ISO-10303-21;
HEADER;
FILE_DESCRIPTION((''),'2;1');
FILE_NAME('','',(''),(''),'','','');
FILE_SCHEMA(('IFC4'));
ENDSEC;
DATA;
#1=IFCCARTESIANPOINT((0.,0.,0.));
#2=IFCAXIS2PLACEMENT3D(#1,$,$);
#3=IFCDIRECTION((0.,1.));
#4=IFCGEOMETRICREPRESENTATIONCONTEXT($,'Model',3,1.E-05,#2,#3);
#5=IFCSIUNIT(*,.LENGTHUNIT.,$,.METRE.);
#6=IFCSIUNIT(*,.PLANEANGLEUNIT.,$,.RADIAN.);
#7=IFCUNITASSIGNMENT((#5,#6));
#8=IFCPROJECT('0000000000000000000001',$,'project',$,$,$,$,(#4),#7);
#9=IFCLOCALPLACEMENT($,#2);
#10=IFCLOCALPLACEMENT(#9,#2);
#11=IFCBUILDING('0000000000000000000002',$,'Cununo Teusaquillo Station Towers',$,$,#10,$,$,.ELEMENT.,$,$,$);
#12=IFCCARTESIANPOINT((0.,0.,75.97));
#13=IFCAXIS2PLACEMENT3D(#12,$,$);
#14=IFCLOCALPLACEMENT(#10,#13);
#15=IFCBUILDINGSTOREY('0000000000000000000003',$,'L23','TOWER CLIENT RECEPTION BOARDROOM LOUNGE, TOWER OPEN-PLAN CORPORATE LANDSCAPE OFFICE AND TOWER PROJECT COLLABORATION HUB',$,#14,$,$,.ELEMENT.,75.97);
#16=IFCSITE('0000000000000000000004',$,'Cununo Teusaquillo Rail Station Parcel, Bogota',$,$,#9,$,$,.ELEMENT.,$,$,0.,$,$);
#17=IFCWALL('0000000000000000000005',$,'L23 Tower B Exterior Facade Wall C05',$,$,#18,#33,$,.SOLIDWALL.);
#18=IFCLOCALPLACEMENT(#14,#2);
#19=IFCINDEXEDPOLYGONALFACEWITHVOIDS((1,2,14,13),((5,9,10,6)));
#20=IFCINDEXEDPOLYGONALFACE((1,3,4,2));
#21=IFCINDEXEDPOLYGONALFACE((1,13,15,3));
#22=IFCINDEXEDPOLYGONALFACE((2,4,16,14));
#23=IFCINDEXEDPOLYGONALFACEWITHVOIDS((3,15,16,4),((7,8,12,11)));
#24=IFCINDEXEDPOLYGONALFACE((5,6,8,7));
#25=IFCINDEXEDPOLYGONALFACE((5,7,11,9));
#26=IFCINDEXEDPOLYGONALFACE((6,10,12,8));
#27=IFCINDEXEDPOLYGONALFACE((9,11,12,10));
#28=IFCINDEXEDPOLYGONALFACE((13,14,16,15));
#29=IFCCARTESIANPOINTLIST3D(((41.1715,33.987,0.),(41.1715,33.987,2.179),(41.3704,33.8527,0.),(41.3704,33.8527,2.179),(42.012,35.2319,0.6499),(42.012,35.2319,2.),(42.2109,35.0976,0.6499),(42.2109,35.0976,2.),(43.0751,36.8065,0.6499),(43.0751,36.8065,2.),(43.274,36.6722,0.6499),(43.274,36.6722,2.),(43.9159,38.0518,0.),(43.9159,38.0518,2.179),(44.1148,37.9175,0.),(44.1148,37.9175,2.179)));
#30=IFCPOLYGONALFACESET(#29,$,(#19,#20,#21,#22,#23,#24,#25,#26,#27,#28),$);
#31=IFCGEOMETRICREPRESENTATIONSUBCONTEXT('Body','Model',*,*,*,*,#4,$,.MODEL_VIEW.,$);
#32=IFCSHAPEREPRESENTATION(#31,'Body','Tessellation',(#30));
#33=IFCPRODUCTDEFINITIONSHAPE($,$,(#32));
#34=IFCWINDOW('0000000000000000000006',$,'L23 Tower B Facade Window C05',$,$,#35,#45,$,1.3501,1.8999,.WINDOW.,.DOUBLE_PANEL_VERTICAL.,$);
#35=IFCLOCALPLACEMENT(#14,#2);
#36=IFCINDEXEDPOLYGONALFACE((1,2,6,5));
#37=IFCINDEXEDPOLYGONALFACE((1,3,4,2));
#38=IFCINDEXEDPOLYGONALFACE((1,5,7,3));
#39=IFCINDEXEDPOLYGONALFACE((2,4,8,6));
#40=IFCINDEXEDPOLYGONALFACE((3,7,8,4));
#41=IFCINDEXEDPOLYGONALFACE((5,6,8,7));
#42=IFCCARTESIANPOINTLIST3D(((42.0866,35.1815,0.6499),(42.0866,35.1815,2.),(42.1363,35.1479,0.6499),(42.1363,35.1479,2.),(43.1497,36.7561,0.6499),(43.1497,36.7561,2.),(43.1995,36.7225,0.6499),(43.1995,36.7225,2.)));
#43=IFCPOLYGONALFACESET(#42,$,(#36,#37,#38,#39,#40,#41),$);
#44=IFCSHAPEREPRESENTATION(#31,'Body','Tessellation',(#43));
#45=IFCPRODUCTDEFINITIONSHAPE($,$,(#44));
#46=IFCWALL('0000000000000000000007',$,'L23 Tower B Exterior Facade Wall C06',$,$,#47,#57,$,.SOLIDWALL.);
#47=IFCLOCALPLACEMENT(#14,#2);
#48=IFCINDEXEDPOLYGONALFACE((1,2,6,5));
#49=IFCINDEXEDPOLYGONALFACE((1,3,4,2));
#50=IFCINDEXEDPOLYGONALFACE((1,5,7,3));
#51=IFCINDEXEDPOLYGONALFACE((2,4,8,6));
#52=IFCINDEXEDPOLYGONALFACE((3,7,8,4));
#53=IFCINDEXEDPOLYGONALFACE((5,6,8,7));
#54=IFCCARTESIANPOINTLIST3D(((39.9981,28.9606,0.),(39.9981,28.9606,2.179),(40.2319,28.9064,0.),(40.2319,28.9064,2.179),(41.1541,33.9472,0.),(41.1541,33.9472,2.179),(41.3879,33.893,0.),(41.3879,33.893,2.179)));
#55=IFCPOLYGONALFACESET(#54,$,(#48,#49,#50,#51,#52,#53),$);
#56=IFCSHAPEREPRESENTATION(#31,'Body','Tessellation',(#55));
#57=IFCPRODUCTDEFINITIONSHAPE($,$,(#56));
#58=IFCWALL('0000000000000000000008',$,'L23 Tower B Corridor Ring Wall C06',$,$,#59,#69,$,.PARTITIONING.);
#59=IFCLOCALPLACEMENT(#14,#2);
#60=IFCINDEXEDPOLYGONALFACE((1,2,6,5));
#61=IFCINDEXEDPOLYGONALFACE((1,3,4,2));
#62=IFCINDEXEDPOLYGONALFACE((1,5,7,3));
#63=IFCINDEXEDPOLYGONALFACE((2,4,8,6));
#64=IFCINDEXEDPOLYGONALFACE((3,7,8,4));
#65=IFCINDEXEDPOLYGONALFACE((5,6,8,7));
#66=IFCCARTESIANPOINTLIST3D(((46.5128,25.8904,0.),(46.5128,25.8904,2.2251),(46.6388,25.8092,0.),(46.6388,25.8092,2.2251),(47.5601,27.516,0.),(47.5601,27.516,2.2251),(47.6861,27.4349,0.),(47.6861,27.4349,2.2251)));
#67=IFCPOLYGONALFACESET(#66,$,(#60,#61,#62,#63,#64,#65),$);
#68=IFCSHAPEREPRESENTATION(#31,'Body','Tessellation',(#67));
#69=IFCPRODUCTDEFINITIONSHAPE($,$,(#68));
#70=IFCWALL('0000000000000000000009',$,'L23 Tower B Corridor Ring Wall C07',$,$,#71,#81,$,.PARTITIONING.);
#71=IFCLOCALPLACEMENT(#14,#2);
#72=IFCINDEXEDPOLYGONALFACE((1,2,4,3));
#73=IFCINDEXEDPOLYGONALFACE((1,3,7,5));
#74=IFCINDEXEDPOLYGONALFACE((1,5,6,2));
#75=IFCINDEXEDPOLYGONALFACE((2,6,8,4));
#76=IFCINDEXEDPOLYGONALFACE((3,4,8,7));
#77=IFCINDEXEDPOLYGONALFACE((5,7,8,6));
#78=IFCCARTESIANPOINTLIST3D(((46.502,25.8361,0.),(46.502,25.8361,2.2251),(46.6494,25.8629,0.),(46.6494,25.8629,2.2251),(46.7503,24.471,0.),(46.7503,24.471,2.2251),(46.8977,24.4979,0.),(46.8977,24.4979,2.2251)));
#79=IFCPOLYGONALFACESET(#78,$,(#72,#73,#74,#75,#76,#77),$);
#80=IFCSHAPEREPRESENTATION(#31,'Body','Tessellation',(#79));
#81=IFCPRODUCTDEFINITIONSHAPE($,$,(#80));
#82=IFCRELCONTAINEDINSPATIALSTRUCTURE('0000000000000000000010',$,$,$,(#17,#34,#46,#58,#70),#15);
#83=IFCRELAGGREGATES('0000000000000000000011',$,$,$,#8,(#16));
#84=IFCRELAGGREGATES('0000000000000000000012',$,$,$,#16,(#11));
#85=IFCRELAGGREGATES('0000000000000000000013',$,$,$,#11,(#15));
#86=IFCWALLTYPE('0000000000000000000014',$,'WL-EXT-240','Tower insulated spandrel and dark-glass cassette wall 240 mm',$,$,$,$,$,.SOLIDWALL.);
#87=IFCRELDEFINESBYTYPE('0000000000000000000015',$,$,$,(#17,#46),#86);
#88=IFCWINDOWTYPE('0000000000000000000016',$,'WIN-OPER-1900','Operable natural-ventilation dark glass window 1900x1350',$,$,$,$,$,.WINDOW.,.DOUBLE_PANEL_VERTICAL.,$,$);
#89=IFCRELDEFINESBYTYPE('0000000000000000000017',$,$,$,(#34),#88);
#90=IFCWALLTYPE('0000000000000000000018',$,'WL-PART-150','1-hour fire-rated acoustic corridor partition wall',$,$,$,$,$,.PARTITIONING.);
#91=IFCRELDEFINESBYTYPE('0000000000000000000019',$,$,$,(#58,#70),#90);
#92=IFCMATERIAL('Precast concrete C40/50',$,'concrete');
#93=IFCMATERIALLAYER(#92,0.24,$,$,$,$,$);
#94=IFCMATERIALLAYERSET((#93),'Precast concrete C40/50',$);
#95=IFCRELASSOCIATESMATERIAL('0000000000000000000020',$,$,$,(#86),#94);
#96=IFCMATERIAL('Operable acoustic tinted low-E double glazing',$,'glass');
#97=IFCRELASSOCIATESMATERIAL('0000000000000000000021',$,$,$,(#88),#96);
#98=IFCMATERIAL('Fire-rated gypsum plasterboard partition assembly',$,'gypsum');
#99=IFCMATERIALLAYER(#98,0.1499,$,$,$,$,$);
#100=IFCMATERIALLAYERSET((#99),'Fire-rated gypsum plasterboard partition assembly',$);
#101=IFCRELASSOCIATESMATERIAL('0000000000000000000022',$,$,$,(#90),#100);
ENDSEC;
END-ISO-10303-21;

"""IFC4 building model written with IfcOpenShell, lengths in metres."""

from ifc_helpers import new_model, si_unit, direction, frame, frame_2d, origin, place, context, subcontext, project, spatial, rectangle, extrude, source, transform, mapped, material, layer, layer_set, type_object, element, fill, save


model = new_model("IFC4")

# Units and contexts
model_context = context("Model", 3, precision=1e-05, world=origin(), true_north=direction((0.0, 1.0)))
body_context = subcontext(model_context, "Body", "Model", "MODEL_VIEW")
ifc_project = project(units=[si_unit("LENGTHUNIT", "METRE"), si_unit("PLANEANGLEUNIT", "RADIAN")], contexts=[model_context])

# Site, building, storey
site_placement = place(None, origin())
site = spatial("IfcSite", under=ifc_project, at=site_placement, Name="Cununo Teusaquillo Rail Station Parcel, Bogota", CompositionType="ELEMENT", RefElevation=0.0)
building_placement = place(site_placement, origin())
building = spatial("IfcBuilding", under=site, at=building_placement, Name="Cununo Teusaquillo Station Towers", CompositionType="ELEMENT")
storey_placement = place(building_placement, frame((0.0, 0.0, 75.97)))
storey = spatial("IfcBuildingStorey", under=building, at=storey_placement, Name="L23", Description="TOWER CLIENT RECEPTION BOARDROOM LOUNGE, TOWER OPEN-PLAN CORPORATE LANDSCAPE OFFICE AND TOWER PROJECT COLLABORATION HUB", CompositionType="ELEMENT", Elevation=75.97)

# Shared definitions
ifc_material_1 = material(Name="Precast concrete C40/50", Category="concrete")
ifc_layer_1 = layer(ifc_material_1, 0.24)
ifc_layer_set_1 = layer_set([ifc_layer_1], Name="Precast concrete C40/50")
wall_type_1 = type_object("IfcWallType", Name="WL-EXT-240", Description="Tower insulated spandrel and dark-glass cassette wall 240 mm", PredefinedType="SOLIDWALL", material=ifc_layer_set_1)
shared_shape_1 = source(origin(), body_context, "Body", "SweptSolid", [
    extrude(rectangle(XDim=1.8999, YDim=1.3501, at=frame_2d((0.95, 0.675))), frame((0.0, 0.1299, 0.0), z_axis=(0.0, -1.0, 0.0), x_axis=(1.0, 0.0, 0.0)), (0.0, 0.0, 1.0), 0.26),
])
ifc_material_2 = material(Name="Operable acoustic tinted low-E double glazing", Category="glass")
window_type = type_object("IfcWindowType", Name="WIN-OPER-1900", Description="Operable natural-ventilation dark glass window 1900x1350", PartitioningType="DOUBLE_PANEL_VERTICAL", PredefinedType="WINDOW", material=ifc_material_2)
shared_shape_2 = source(origin(), body_context, "Body", "SweptSolid", [
    extrude(rectangle(XDim=1.8999, YDim=1.3501, at=frame_2d((0.95, 0.675))), frame((0.0, 0.03, 0.0), z_axis=(0.0, -1.0, 0.0), x_axis=(1.0, 0.0, 0.0)), (0.0, 0.0, 1.0), 0.0601),
])

# Wall, opening, window
wall_1_placement = place(storey_placement, frame((41.271, 33.9199, 0.0), z_axis=(0.0, 0.0, 1.0), x_axis=(0.559573, 0.828781, 0.0)))
wall_1 = element("IfcWall", 1, at=wall_1_placement, inside=storey, type_object=wall_type_1, Name="L23 Tower B Exterior Facade Wall C05", PredefinedType="SOLIDWALL", context=body_context, shape_type="SweptSolid", body=[
    extrude(rectangle(XDim=4.9045, YDim=0.24, at=frame_2d((2.4521, 0.0))), origin(), (0.0, 0.0, 1.0), 2.179),
])
opening_1_placement = place(wall_1_placement, frame((1.502, 0.0, 0.6499)))
opening_1 = element("IfcOpeningElement", 2, at=opening_1_placement, cuts=wall_1, PredefinedType="OPENING", context=body_context, shape_type="MappedRepresentation", body=[
    mapped(shared_shape_1, transform((0.0, 0.0, 0.0), x_axis=(1.0, 0.0, 0.0), y_axis=(0.0, 1.0, 0.0), z_axis=(0.0, 0.0, 1.0), scale=1.0)),
])
window_1_placement = place(opening_1_placement, origin())
window_1 = element("IfcWindow", 3, at=window_1_placement, inside=storey, type_object=window_type, Name="L23 Tower B Facade Window C05", OverallHeight=1.3501, OverallWidth=1.8999, PartitioningType="DOUBLE_PANEL_VERTICAL", PredefinedType="WINDOW", context=body_context, shape_type="MappedRepresentation", body=[
    mapped(shared_shape_2, transform((0.0, 0.0, 0.0), x_axis=(1.0, 0.0, 0.0), y_axis=(0.0, 1.0, 0.0), z_axis=(0.0, 0.0, 1.0), scale=1.0)),
])
fill(opening_1, window_1)

# Walls
wall_2_placement = place(storey_placement, frame((40.115, 28.9333, 0.0), z_axis=(0.0, 0.0, 1.0), x_axis=(0.225835, 0.974166, 0.0)))
element("IfcWall", 4, at=wall_2_placement, inside=storey, type_object=wall_type_1, Name="L23 Tower B Exterior Facade Wall C06", PredefinedType="SOLIDWALL", context=body_context, shape_type="SweptSolid", body=[
    extrude(rectangle(XDim=5.1189, YDim=0.24, at=frame_2d((2.5596, 0.0))), origin(), (0.0, 0.0, 1.0), 2.179),
])
ifc_material_3 = material(Name="Fire-rated gypsum plasterboard partition assembly", Category="gypsum")
ifc_layer_2 = layer(ifc_material_3, 0.1499)
ifc_layer_set_2 = layer_set([ifc_layer_2], Name="Fire-rated gypsum plasterboard partition assembly")
wall_type_2 = type_object("IfcWallType", Name="WL-PART-150", Description="1-hour fire-rated acoustic corridor partition wall", PredefinedType="PARTITIONING", material=ifc_layer_set_2)
wall_3_placement = place(storey_placement, frame((47.623, 27.4753, 0.0), z_axis=(0.0, 0.0, 1.0), x_axis=(-0.54158, -0.840649, 0.0)))
element("IfcWall", 5, at=wall_3_placement, inside=storey, type_object=wall_type_2, Name="L23 Tower B Corridor Ring Wall C06", PredefinedType="PARTITIONING", context=body_context, shape_type="SweptSolid", body=[
    extrude(rectangle(XDim=1.9338, YDim=0.1499, at=frame_2d((0.9668, 0.0))), origin(), (0.0, 0.0, 1.0), 2.2251),
])
wall_4_placement = place(storey_placement, frame((46.5757, 25.8496, 0.0), z_axis=(0.0, 0.0, 1.0), x_axis=(0.178963, -0.983856, 0.0)))
element("IfcWall", 6, at=wall_4_placement, inside=storey, type_object=wall_type_2, Name="L23 Tower B Corridor Ring Wall C07", PredefinedType="PARTITIONING", context=body_context, shape_type="SweptSolid", body=[
    extrude(rectangle(XDim=1.3875, YDim=0.1499, at=frame_2d((0.6938, 0.0))), origin(), (0.0, 0.0, 1.0), 2.2251),
])

save(model, "model.ifc")
